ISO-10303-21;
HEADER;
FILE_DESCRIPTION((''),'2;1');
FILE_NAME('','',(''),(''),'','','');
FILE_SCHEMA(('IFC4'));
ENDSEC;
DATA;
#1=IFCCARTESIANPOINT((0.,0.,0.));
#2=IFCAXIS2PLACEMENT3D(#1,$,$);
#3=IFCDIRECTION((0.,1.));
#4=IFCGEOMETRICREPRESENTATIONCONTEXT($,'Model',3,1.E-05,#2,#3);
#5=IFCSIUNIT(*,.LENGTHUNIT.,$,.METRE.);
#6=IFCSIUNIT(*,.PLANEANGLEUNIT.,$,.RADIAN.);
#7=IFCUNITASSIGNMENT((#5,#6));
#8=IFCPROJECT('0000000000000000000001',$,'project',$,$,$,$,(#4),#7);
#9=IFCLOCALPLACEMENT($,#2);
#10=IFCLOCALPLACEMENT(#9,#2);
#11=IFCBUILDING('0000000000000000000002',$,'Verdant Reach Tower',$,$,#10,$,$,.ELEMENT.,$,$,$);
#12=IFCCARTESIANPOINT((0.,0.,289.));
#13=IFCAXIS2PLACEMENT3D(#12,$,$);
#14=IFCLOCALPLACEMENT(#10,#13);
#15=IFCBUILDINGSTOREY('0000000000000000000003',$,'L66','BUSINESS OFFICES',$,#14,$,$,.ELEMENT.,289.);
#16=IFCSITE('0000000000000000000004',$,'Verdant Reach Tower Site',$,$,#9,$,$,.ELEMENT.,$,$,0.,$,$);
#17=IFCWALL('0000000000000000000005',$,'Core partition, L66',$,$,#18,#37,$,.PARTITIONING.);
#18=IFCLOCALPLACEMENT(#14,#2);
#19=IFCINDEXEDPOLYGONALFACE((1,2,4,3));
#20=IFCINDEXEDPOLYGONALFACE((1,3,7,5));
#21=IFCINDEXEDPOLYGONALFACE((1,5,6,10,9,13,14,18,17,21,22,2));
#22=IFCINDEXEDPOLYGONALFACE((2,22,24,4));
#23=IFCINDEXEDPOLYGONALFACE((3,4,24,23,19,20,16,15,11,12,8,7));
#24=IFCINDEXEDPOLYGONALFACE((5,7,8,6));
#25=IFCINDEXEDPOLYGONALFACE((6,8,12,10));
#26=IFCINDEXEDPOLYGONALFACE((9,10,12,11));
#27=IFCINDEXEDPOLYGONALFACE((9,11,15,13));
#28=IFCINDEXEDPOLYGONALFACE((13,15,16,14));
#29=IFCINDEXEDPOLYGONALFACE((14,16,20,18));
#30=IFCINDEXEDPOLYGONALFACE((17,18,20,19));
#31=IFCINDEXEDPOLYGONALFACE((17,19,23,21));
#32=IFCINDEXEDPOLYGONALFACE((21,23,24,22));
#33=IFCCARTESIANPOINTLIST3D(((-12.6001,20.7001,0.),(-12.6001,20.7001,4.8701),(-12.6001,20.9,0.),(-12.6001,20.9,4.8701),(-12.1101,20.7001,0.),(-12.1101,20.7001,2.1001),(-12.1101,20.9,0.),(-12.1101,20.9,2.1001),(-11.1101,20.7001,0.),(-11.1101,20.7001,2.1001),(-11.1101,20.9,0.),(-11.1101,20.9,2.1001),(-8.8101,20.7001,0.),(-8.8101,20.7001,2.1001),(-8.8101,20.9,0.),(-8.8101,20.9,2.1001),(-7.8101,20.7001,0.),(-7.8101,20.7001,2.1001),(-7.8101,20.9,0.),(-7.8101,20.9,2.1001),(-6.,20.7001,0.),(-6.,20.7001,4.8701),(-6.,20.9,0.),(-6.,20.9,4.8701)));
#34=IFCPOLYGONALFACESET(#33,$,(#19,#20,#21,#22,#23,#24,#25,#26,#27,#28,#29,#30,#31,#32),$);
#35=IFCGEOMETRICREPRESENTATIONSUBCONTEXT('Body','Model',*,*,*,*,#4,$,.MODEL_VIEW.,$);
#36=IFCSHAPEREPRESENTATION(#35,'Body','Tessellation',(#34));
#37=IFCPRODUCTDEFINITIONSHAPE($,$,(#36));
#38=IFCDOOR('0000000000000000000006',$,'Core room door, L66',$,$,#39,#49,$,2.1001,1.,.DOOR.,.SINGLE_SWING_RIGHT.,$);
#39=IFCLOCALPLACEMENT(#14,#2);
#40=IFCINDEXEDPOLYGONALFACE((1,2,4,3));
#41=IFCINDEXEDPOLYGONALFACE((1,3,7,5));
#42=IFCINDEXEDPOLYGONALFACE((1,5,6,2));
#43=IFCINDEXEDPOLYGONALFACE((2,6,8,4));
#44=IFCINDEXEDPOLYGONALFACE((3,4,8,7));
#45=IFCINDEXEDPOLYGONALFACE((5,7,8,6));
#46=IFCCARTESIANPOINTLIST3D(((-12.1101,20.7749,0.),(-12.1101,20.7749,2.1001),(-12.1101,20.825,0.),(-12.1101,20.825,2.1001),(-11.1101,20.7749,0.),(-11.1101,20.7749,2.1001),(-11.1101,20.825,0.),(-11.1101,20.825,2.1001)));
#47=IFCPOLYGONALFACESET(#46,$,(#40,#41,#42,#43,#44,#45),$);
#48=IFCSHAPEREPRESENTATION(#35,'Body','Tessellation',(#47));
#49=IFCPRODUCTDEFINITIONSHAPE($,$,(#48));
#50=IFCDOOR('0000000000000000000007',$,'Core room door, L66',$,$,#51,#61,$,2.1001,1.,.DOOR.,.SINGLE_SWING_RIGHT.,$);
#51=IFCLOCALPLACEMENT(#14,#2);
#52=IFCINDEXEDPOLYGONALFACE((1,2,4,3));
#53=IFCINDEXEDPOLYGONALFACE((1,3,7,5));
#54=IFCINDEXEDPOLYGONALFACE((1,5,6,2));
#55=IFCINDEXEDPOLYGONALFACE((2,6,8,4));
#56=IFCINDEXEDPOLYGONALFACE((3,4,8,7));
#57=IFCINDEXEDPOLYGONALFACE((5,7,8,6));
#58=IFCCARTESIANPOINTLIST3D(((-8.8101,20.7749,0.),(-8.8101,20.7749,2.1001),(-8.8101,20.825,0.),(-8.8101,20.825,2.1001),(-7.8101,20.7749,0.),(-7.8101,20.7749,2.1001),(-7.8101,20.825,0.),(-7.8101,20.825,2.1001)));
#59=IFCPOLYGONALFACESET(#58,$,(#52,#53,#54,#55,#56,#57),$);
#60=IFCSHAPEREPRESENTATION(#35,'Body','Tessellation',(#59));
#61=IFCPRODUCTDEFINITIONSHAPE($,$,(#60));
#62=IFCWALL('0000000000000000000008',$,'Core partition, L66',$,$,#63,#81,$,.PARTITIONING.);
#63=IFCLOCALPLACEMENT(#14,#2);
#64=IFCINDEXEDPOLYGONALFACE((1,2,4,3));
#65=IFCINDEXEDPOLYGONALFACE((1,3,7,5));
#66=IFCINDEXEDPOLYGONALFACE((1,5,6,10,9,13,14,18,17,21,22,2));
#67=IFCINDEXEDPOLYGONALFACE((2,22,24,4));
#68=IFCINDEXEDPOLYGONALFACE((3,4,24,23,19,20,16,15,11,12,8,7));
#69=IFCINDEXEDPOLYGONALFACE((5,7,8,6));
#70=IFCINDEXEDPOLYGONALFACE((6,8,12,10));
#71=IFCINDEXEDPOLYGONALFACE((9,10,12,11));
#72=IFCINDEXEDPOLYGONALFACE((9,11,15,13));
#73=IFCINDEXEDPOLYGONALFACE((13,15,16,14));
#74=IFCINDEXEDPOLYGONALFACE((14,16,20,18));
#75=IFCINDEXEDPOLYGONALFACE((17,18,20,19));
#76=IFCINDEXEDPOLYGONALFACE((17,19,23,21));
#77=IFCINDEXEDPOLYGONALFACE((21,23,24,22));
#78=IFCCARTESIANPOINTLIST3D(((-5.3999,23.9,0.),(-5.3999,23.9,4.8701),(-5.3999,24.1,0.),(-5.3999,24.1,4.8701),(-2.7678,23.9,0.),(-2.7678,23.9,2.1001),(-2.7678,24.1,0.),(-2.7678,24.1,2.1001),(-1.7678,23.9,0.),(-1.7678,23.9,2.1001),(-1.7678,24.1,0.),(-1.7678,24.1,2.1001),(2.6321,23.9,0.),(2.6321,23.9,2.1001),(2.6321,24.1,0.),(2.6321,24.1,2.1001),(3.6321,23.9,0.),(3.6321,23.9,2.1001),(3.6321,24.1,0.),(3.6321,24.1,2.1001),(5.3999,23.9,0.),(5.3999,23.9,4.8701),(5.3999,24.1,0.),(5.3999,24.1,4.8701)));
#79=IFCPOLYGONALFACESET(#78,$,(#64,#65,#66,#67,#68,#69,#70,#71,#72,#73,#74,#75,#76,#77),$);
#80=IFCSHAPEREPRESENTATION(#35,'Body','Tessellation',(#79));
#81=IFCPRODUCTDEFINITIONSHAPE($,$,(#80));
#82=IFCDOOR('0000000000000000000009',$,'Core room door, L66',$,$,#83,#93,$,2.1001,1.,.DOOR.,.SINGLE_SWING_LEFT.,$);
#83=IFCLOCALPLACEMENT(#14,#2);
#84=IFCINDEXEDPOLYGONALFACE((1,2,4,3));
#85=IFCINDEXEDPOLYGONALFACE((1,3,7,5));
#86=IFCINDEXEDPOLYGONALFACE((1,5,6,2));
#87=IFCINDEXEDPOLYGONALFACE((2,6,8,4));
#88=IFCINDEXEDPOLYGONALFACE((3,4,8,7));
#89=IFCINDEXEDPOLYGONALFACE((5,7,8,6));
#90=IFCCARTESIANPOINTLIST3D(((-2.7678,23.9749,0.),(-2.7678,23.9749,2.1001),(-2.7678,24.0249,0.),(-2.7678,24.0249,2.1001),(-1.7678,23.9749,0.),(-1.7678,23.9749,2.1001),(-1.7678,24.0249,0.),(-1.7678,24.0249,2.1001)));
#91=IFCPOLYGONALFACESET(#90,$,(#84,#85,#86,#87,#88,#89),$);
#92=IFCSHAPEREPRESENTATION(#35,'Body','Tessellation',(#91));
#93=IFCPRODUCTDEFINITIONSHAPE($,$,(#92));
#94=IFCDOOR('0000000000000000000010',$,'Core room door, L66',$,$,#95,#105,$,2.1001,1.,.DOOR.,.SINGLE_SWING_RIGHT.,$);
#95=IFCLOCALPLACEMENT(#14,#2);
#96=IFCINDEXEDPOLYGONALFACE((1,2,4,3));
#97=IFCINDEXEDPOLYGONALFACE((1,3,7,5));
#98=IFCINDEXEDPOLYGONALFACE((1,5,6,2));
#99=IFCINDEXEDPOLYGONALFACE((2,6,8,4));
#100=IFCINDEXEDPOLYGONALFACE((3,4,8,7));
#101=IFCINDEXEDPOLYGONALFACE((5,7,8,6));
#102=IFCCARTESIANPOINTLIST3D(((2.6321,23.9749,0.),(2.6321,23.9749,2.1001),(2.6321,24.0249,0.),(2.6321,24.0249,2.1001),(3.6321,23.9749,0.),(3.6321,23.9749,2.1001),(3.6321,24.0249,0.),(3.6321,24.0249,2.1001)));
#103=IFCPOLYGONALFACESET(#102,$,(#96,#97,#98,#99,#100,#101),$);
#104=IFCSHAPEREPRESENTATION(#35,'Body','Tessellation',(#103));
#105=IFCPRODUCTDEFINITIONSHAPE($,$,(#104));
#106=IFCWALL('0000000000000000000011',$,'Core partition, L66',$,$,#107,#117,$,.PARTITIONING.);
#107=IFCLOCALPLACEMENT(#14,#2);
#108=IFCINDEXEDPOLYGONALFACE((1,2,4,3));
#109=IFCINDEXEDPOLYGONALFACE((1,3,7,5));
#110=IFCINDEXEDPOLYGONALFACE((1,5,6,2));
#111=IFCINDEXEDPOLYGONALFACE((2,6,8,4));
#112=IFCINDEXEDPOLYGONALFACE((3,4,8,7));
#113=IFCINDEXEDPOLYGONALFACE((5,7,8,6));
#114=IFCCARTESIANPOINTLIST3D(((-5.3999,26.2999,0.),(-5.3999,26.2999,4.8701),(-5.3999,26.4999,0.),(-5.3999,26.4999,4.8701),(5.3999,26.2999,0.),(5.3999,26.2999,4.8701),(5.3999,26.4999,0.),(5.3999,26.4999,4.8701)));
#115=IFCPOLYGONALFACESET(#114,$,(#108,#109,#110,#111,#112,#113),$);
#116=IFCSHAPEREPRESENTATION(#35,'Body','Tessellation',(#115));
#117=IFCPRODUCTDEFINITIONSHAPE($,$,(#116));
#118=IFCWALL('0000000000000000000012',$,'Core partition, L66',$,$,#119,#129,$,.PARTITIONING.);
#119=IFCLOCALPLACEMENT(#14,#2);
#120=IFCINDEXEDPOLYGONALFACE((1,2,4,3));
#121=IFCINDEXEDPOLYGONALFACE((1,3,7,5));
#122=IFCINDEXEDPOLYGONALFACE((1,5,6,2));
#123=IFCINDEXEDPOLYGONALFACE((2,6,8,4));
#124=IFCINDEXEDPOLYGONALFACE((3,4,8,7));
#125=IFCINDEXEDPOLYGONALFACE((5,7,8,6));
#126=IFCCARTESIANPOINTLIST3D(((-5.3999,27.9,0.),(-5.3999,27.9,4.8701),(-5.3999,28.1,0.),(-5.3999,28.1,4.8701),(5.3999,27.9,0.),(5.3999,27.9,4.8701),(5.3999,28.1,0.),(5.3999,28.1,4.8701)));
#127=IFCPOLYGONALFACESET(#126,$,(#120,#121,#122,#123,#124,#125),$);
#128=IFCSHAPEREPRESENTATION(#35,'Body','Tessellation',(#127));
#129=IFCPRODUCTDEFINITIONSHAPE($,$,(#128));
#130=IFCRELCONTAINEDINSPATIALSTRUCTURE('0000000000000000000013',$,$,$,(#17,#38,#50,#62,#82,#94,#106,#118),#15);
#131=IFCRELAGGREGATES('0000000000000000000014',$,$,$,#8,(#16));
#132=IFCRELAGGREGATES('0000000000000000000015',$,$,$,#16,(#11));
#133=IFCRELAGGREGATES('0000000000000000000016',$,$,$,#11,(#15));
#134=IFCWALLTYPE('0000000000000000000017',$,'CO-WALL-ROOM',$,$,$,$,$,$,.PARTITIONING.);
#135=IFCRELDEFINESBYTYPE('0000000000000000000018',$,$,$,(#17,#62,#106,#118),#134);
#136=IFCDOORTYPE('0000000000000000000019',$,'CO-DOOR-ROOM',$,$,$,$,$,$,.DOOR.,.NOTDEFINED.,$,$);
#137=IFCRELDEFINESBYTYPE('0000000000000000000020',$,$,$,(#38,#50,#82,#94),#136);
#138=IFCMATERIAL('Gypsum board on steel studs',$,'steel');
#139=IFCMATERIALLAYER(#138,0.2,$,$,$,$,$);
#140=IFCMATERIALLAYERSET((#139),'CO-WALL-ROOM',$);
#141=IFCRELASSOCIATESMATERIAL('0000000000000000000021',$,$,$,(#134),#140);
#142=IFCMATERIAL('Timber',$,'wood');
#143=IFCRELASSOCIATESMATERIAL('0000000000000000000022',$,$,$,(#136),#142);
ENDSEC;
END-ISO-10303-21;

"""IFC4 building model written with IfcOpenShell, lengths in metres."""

from ifc_helpers import new_model, si_unit, direction, frame, frame_2d, origin, place, context, subcontext, project, spatial, rectangle, extrude, material, layer, layer_set, type_object, element, fill, save


model = new_model("IFC4")

# Units and contexts
model_context = context("Model", 3, precision=1e-05, world=origin(), true_north=direction((0.0, 1.0)))
body_context = subcontext(model_context, "Body", "Model", "MODEL_VIEW")
ifc_project = project(units=[si_unit("LENGTHUNIT", "METRE"), si_unit("PLANEANGLEUNIT", "RADIAN")], contexts=[model_context])

# Site, building, storey
site_placement = place(None, origin())
site = spatial("IfcSite", under=ifc_project, at=site_placement, Name="Verdant Reach Tower Site", CompositionType="ELEMENT", RefElevation=0.0)
building_placement = place(site_placement, origin())
building = spatial("IfcBuilding", under=site, at=building_placement, Name="Verdant Reach Tower", CompositionType="ELEMENT")
storey_placement = place(building_placement, frame((0.0, 0.0, 289.0)))
storey = spatial("IfcBuildingStorey", under=building, at=storey_placement, Name="L66", Description="BUSINESS OFFICES", CompositionType="ELEMENT", Elevation=289.0)

# Walls, openings, doors
ifc_material_1 = material(Name="Gypsum board on steel studs", Category="steel")
ifc_layer_1 = layer(ifc_material_1, 0.2)
ifc_layer_set_1 = layer_set([ifc_layer_1], Name="CO-WALL-ROOM")
wall_type_1 = type_object("IfcWallType", Name="CO-WALL-ROOM", PredefinedType="PARTITIONING", material=ifc_layer_set_1)
wall_1_placement = place(storey_placement, frame((-12.6001, 20.8, 0.0), z_axis=(0.0, 0.0, 1.0), x_axis=(1.0, 0.0, 0.0)))
wall_1 = element("IfcWall", 1, at=wall_1_placement, inside=storey, type_object=wall_type_1, Name="Core partition, L66", PredefinedType="PARTITIONING", context=body_context, shape_type="SweptSolid", body=[
    extrude(rectangle(XDim=6.6001, YDim=0.2, at=frame_2d((3.3, 0.0))), origin(), (0.0, 0.0, 1.0), 4.8701),
])
opening_1_placement = place(wall_1_placement, frame((0.49, 0.0, 0.0)))
opening_1 = element("IfcOpeningElement", 2, at=opening_1_placement, cuts=wall_1, PredefinedType="OPENING", context=body_context, shape_type="SweptSolid", body=[
    extrude(rectangle(XDim=1.0, YDim=2.1001, at=frame_2d((0.5, 1.05))), frame((0.0, 0.1099, 0.0), z_axis=(0.0, -1.0, 0.0), x_axis=(1.0, 0.0, 0.0)), (0.0, 0.0, 1.0), 0.22),
])
opening_2_placement = place(wall_1_placement, frame((3.79, 0.0, 0.0)))
opening_2 = element("IfcOpeningElement", 3, at=opening_2_placement, cuts=wall_1, PredefinedType="OPENING", context=body_context, shape_type="SweptSolid", body=[
    extrude(rectangle(XDim=1.0, YDim=2.1001, at=frame_2d((0.5, 1.05))), frame((0.0, 0.1099, 0.0), z_axis=(0.0, -1.0, 0.0), x_axis=(1.0, 0.0, 0.0)), (0.0, 0.0, 1.0), 0.22),
])
ifc_material_2 = material(Name="Timber", Category="wood")
door_type_1 = type_object("IfcDoorType", Name="CO-DOOR-ROOM", OperationType="NOTDEFINED", PredefinedType="DOOR", material=ifc_material_2)
door_1_placement = place(opening_1_placement, origin())
door_1 = element("IfcDoor", 4, at=door_1_placement, inside=storey, type_object=door_type_1, Name="Core room door, L66", OperationType="SINGLE_SWING_RIGHT", OverallHeight=2.1001, OverallWidth=1.0, PredefinedType="DOOR", context=body_context, shape_type="SweptSolid", body=[
    extrude(rectangle(XDim=1.0, YDim=2.1001, at=frame_2d((0.5, 1.05))), frame((0.0, 0.0249, 0.0), z_axis=(0.0, -1.0, 0.0), x_axis=(1.0, 0.0, 0.0)), (0.0, 0.0, 1.0), 0.05),
])
fill(opening_1, door_1)
door_2_placement = place(opening_2_placement, origin())
door_2 = element("IfcDoor", 5, at=door_2_placement, inside=storey, type_object=door_type_1, Name="Core room door, L66", OperationType="SINGLE_SWING_RIGHT", OverallHeight=2.1001, OverallWidth=1.0, PredefinedType="DOOR", context=body_context, shape_type="SweptSolid", body=[
    extrude(rectangle(XDim=1.0, YDim=2.1001, at=frame_2d((0.5, 1.05))), frame((0.0, 0.0249, 0.0), z_axis=(0.0, -1.0, 0.0), x_axis=(1.0, 0.0, 0.0)), (0.0, 0.0, 1.0), 0.05),
])
fill(opening_2, door_2)
wall_2_placement = place(storey_placement, frame((-5.3999, 24.0, 0.0), z_axis=(0.0, 0.0, 1.0), x_axis=(1.0, 0.0, 0.0)))
wall_2 = element("IfcWall", 6, at=wall_2_placement, inside=storey, type_object=wall_type_1, Name="Core partition, L66", PredefinedType="PARTITIONING", context=body_context, shape_type="SweptSolid", body=[
    extrude(rectangle(XDim=10.7998, YDim=0.2, at=frame_2d((5.3999, 0.0))), origin(), (0.0, 0.0, 1.0), 4.8701),
])
opening_3_placement = place(wall_2_placement, frame((2.6321, 0.0, 0.0)))
opening_3 = element("IfcOpeningElement", 7, at=opening_3_placement, cuts=wall_2, PredefinedType="OPENING", context=body_context, shape_type="SweptSolid", body=[
    extrude(rectangle(XDim=1.0, YDim=2.1001, at=frame_2d((0.5, 1.05))), frame((0.0, 0.1099, 0.0), z_axis=(0.0, -1.0, 0.0), x_axis=(1.0, 0.0, 0.0)), (0.0, 0.0, 1.0), 0.22),
])
opening_4_placement = place(wall_2_placement, frame((8.032, 0.0, 0.0)))
opening_4 = element("IfcOpeningElement", 8, at=opening_4_placement, cuts=wall_2, PredefinedType="OPENING", context=body_context, shape_type="SweptSolid", body=[
    extrude(rectangle(XDim=1.0, YDim=2.1001, at=frame_2d((0.5, 1.05))), frame((0.0, 0.1099, 0.0), z_axis=(0.0, -1.0, 0.0), x_axis=(1.0, 0.0, 0.0)), (0.0, 0.0, 1.0), 0.22),
])
door_3_placement = place(opening_3_placement, origin())
door_3 = element("IfcDoor", 9, at=door_3_placement, inside=storey, type_object=door_type_1, Name="Core room door, L66", OperationType="SINGLE_SWING_LEFT", OverallHeight=2.1001, OverallWidth=1.0, PredefinedType="DOOR", context=body_context, shape_type="SweptSolid", body=[
    extrude(rectangle(XDim=1.0, YDim=2.1001, at=frame_2d((0.5, 1.05))), frame((0.0, 0.0249, 0.0), z_axis=(0.0, -1.0, 0.0), x_axis=(1.0, 0.0, 0.0)), (0.0, 0.0, 1.0), 0.05),
])
fill(opening_3, door_3)
door_4_placement = place(opening_4_placement, origin())
door_4 = element("IfcDoor", 10, at=door_4_placement, inside=storey, type_object=door_type_1, Name="Core room door, L66", OperationType="SINGLE_SWING_RIGHT", OverallHeight=2.1001, OverallWidth=1.0, PredefinedType="DOOR", context=body_context, shape_type="SweptSolid", body=[
    extrude(rectangle(XDim=1.0, YDim=2.1001, at=frame_2d((0.5, 1.05))), frame((0.0, 0.0249, 0.0), z_axis=(0.0, -1.0, 0.0), x_axis=(1.0, 0.0, 0.0)), (0.0, 0.0, 1.0), 0.05),
])
fill(opening_4, door_4)

# Walls
for number, where, z_axis, x_axis, name in (
    (11, (-5.3999, 26.3999, 0.0), (0.0, 0.0, 1.0), (1.0, 0.0, 0.0), "Core partition, L66"),
    (12, (-5.3999, 28.0, 0.0), (0.0, 0.0, 1.0), (1.0, 0.0, 0.0), "Core partition, L66"),
):
    element("IfcWall", number, at=place(storey_placement, frame(where, z_axis=z_axis, x_axis=x_axis)), inside=storey, type_object=wall_type_1, Name=name, PredefinedType="PARTITIONING", context=body_context, shape_type="SweptSolid", body=[
        extrude(rectangle(XDim=10.7998, YDim=0.2, at=frame_2d((5.3999, 0.0))), origin(), (0.0, 0.0, 1.0), 4.8701),
    ])

save(model, "model.ifc")
